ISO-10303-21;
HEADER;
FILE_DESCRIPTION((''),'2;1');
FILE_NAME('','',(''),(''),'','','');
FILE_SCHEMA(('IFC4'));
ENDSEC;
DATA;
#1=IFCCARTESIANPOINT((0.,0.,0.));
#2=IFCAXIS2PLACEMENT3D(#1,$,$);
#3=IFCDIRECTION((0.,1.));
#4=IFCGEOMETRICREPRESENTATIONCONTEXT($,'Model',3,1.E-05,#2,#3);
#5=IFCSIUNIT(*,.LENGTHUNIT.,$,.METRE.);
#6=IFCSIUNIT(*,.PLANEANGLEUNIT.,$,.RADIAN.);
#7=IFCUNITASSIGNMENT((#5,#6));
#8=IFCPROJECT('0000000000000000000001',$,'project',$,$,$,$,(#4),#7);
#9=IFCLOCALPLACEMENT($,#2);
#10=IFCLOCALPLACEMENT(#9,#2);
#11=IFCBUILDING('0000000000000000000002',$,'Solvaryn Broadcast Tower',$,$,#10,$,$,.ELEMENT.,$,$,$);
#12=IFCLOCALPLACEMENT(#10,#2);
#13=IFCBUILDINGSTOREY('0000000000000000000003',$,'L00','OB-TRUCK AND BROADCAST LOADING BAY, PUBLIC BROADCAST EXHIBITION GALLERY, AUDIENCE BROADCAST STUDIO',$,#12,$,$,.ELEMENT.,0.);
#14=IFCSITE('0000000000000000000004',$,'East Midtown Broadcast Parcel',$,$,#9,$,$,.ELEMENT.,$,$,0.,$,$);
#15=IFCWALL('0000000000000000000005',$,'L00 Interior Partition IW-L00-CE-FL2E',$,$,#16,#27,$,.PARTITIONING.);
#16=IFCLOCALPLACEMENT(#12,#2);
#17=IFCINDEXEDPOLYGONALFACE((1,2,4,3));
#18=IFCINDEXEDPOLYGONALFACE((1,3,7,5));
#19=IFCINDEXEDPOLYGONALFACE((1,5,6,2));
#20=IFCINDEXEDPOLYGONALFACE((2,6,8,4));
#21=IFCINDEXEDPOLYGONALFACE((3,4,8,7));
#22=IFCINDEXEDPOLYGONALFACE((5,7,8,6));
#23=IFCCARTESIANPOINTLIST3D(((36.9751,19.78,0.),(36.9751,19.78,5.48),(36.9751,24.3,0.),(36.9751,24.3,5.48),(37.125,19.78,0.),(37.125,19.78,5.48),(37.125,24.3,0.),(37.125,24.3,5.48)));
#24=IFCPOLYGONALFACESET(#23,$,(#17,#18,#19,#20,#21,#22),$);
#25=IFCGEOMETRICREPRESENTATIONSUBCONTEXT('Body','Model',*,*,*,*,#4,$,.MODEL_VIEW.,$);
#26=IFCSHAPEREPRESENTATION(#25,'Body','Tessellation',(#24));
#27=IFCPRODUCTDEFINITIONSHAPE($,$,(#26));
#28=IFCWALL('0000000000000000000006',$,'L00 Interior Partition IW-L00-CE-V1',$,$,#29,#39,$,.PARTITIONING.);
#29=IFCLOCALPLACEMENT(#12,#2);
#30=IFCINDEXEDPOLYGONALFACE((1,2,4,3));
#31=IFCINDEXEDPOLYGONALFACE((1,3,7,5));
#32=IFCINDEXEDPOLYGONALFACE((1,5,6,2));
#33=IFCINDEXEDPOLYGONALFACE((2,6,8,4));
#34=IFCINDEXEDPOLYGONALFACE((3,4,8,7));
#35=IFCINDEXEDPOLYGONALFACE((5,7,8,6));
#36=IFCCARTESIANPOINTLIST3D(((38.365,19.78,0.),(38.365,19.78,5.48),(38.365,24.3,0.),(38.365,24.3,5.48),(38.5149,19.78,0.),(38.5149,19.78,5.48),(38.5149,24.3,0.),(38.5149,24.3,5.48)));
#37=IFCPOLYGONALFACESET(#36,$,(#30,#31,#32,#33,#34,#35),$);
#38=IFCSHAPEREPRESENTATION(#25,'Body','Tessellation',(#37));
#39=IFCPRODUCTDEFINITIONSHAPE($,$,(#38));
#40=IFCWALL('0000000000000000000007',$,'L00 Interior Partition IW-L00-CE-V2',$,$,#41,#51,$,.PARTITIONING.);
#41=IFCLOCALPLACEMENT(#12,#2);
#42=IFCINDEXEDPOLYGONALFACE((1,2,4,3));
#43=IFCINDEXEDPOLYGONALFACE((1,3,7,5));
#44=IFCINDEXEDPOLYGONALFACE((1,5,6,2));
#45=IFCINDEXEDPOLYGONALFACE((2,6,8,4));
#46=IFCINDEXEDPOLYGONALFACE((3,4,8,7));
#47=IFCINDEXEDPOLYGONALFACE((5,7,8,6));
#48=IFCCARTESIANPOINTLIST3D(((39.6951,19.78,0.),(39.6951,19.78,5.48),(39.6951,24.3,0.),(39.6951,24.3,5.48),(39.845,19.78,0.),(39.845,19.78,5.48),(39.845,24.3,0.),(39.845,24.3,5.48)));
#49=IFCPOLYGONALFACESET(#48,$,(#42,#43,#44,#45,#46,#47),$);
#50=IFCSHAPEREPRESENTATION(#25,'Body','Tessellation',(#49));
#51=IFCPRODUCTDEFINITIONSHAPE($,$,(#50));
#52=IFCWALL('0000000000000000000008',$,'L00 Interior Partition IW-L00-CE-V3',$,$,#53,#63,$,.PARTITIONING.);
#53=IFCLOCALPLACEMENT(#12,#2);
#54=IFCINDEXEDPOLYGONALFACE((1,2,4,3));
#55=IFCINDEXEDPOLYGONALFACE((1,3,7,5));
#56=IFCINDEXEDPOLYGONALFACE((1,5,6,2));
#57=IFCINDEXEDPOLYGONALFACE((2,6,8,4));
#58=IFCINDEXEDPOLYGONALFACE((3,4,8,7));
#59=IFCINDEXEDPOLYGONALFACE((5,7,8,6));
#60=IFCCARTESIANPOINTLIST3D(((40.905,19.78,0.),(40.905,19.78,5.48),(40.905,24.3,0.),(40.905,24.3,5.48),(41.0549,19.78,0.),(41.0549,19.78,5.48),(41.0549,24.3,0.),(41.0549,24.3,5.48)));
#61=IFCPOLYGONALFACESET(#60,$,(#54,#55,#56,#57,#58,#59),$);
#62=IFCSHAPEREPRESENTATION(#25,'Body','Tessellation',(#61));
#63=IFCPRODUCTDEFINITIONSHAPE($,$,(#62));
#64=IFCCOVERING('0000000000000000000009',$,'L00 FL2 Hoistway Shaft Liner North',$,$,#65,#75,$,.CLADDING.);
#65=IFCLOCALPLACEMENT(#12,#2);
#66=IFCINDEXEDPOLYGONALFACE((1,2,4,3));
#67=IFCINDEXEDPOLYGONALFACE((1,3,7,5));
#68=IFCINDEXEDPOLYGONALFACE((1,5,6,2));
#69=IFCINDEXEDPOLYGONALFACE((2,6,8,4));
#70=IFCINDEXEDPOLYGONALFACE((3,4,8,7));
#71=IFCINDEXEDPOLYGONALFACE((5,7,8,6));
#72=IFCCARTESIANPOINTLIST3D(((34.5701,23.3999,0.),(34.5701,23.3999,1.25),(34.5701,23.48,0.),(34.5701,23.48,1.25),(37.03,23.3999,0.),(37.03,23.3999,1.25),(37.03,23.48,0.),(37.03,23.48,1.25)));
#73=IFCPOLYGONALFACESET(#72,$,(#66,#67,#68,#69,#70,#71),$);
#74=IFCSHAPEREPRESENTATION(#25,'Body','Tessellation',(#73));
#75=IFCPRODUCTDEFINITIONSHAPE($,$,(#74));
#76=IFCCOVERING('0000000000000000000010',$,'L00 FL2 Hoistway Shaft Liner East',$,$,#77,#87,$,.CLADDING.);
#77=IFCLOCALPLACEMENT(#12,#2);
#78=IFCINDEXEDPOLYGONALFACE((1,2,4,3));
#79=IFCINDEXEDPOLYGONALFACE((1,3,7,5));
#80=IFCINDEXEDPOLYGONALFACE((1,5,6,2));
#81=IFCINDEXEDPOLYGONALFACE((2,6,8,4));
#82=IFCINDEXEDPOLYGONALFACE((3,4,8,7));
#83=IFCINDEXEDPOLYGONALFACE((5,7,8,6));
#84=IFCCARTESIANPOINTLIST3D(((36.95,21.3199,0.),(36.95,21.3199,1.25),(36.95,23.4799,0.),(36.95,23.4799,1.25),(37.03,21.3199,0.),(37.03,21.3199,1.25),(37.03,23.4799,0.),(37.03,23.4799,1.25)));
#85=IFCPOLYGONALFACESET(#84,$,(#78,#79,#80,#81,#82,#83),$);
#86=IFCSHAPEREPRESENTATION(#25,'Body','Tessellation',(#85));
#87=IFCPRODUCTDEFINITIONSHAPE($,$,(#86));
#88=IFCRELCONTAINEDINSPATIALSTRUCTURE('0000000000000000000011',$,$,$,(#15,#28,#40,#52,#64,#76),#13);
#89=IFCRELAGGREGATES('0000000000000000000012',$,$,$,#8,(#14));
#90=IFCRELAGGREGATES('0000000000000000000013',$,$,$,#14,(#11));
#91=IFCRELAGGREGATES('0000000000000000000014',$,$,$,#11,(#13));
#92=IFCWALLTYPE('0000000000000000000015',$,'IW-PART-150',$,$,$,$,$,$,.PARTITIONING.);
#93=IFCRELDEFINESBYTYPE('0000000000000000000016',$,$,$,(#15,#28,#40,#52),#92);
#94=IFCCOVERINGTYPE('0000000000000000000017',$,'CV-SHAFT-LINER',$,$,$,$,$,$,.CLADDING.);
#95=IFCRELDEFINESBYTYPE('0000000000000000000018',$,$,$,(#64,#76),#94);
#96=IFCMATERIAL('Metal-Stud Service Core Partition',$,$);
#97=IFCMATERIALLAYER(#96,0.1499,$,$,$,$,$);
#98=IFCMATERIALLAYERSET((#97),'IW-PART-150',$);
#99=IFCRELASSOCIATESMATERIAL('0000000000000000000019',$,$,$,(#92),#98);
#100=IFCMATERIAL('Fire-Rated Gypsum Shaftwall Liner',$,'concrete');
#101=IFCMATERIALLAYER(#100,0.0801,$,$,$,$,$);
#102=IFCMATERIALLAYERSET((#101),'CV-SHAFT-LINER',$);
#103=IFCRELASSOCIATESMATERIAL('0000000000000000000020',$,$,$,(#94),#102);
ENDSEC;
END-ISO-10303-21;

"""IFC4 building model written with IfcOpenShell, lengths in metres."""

from ifc_helpers import new_model, si_unit, direction, frame, frame_2d, origin, origin_2d, place, context, subcontext, project, spatial, rectangle, extrude, material, layer, layer_set, type_object, element, save


model = new_model("IFC4")

# Units and contexts
model_context = context("Model", 3, precision=1e-05, world=origin(), true_north=direction((0.0, 1.0)))
body_context = subcontext(model_context, "Body", "Model", "MODEL_VIEW")
ifc_project = project(units=[si_unit("LENGTHUNIT", "METRE"), si_unit("PLANEANGLEUNIT", "RADIAN")], contexts=[model_context])

# Site, building, storey
site_placement = place(None, origin())
site = spatial("IfcSite", under=ifc_project, at=site_placement, Name="East Midtown Broadcast Parcel", CompositionType="ELEMENT", RefElevation=0.0)
building_placement = place(site_placement, origin())
building = spatial("IfcBuilding", under=site, at=building_placement, Name="Solvaryn Broadcast Tower", CompositionType="ELEMENT")
storey_placement = place(building_placement, origin())
storey = spatial("IfcBuildingStorey", under=building, at=storey_placement, Name="L00", Description="OB-TRUCK AND BROADCAST LOADING BAY, PUBLIC BROADCAST EXHIBITION GALLERY, AUDIENCE BROADCAST STUDIO", CompositionType="ELEMENT", Elevation=0.0)

# Walls
ifc_material_1 = material(Name="Metal-Stud Service Core Partition")
ifc_layer_1 = layer(ifc_material_1, 0.1499)
ifc_layer_set_1 = layer_set([ifc_layer_1], Name="IW-PART-150")
wall_type_1 = type_object("IfcWallType", Name="IW-PART-150", PredefinedType="PARTITIONING", material=ifc_layer_set_1)
for number, where, z_axis, x_axis, name in (
    (1, (37.05, 19.78, 0.0), (0.0, 0.0, 1.0), (0.0, 1.0, 0.0), "L00 Interior Partition IW-L00-CE-FL2E"),
    (2, (38.4399, 19.78, 0.0), (0.0, 0.0, 1.0), (0.0, 1.0, 0.0), "L00 Interior Partition IW-L00-CE-V1"),
    (3, (39.77, 19.78, 0.0), (0.0, 0.0, 1.0), (0.0, 1.0, 0.0), "L00 Interior Partition IW-L00-CE-V2"),
    (4, (40.98, 19.78, 0.0), (0.0, 0.0, 1.0), (0.0, 1.0, 0.0), "L00 Interior Partition IW-L00-CE-V3"),
):
    element("IfcWall", number, at=place(storey_placement, frame(where, z_axis=z_axis, x_axis=x_axis)), inside=storey, type_object=wall_type_1, Name=name, PredefinedType="PARTITIONING", context=body_context, shape_type="SweptSolid", body=[
        extrude(rectangle(XDim=4.52, YDim=0.1499, at=frame_2d((2.26, 0.0))), origin(), (0.0, 0.0, 1.0), 5.48),
    ])

# Coverings
ifc_material_2 = material(Name="Fire-Rated Gypsum Shaftwall Liner", Category="concrete")
ifc_layer_2 = layer(ifc_material_2, 0.0801)
ifc_layer_set_2 = layer_set([ifc_layer_2], Name="CV-SHAFT-LINER")
covering_type = type_object("IfcCoveringType", Name="CV-SHAFT-LINER", PredefinedType="CLADDING", material=ifc_layer_set_2)
covering_1_placement = place(storey_placement, frame((35.8, 23.4399, 0.0), z_axis=(0.0, 0.0, 1.0), x_axis=(1.0, 0.0, 0.0)))
element("IfcCovering", 5, at=covering_1_placement, inside=storey, type_object=covering_type, Name="L00 FL2 Hoistway Shaft Liner North", PredefinedType="CLADDING", context=body_context, shape_type="SweptSolid", body=[
    extrude(rectangle(XDim=2.46, YDim=0.0801, at=origin_2d()), origin(), (0.0, 0.0, 1.0), 1.25),
])
covering_2_placement = place(storey_placement, frame((36.99, 22.3999, 0.0), z_axis=(0.0, 0.0, 1.0), x_axis=(1.0, 0.0, 0.0)))
element("IfcCovering", 6, at=covering_2_placement, inside=storey, type_object=covering_type, Name="L00 FL2 Hoistway Shaft Liner East", PredefinedType="CLADDING", context=body_context, shape_type="SweptSolid", body=[
    extrude(rectangle(XDim=0.0801, YDim=2.1599, at=origin_2d()), origin(), (0.0, 0.0, 1.0), 1.25),
])

save(model, "model.ifc")
